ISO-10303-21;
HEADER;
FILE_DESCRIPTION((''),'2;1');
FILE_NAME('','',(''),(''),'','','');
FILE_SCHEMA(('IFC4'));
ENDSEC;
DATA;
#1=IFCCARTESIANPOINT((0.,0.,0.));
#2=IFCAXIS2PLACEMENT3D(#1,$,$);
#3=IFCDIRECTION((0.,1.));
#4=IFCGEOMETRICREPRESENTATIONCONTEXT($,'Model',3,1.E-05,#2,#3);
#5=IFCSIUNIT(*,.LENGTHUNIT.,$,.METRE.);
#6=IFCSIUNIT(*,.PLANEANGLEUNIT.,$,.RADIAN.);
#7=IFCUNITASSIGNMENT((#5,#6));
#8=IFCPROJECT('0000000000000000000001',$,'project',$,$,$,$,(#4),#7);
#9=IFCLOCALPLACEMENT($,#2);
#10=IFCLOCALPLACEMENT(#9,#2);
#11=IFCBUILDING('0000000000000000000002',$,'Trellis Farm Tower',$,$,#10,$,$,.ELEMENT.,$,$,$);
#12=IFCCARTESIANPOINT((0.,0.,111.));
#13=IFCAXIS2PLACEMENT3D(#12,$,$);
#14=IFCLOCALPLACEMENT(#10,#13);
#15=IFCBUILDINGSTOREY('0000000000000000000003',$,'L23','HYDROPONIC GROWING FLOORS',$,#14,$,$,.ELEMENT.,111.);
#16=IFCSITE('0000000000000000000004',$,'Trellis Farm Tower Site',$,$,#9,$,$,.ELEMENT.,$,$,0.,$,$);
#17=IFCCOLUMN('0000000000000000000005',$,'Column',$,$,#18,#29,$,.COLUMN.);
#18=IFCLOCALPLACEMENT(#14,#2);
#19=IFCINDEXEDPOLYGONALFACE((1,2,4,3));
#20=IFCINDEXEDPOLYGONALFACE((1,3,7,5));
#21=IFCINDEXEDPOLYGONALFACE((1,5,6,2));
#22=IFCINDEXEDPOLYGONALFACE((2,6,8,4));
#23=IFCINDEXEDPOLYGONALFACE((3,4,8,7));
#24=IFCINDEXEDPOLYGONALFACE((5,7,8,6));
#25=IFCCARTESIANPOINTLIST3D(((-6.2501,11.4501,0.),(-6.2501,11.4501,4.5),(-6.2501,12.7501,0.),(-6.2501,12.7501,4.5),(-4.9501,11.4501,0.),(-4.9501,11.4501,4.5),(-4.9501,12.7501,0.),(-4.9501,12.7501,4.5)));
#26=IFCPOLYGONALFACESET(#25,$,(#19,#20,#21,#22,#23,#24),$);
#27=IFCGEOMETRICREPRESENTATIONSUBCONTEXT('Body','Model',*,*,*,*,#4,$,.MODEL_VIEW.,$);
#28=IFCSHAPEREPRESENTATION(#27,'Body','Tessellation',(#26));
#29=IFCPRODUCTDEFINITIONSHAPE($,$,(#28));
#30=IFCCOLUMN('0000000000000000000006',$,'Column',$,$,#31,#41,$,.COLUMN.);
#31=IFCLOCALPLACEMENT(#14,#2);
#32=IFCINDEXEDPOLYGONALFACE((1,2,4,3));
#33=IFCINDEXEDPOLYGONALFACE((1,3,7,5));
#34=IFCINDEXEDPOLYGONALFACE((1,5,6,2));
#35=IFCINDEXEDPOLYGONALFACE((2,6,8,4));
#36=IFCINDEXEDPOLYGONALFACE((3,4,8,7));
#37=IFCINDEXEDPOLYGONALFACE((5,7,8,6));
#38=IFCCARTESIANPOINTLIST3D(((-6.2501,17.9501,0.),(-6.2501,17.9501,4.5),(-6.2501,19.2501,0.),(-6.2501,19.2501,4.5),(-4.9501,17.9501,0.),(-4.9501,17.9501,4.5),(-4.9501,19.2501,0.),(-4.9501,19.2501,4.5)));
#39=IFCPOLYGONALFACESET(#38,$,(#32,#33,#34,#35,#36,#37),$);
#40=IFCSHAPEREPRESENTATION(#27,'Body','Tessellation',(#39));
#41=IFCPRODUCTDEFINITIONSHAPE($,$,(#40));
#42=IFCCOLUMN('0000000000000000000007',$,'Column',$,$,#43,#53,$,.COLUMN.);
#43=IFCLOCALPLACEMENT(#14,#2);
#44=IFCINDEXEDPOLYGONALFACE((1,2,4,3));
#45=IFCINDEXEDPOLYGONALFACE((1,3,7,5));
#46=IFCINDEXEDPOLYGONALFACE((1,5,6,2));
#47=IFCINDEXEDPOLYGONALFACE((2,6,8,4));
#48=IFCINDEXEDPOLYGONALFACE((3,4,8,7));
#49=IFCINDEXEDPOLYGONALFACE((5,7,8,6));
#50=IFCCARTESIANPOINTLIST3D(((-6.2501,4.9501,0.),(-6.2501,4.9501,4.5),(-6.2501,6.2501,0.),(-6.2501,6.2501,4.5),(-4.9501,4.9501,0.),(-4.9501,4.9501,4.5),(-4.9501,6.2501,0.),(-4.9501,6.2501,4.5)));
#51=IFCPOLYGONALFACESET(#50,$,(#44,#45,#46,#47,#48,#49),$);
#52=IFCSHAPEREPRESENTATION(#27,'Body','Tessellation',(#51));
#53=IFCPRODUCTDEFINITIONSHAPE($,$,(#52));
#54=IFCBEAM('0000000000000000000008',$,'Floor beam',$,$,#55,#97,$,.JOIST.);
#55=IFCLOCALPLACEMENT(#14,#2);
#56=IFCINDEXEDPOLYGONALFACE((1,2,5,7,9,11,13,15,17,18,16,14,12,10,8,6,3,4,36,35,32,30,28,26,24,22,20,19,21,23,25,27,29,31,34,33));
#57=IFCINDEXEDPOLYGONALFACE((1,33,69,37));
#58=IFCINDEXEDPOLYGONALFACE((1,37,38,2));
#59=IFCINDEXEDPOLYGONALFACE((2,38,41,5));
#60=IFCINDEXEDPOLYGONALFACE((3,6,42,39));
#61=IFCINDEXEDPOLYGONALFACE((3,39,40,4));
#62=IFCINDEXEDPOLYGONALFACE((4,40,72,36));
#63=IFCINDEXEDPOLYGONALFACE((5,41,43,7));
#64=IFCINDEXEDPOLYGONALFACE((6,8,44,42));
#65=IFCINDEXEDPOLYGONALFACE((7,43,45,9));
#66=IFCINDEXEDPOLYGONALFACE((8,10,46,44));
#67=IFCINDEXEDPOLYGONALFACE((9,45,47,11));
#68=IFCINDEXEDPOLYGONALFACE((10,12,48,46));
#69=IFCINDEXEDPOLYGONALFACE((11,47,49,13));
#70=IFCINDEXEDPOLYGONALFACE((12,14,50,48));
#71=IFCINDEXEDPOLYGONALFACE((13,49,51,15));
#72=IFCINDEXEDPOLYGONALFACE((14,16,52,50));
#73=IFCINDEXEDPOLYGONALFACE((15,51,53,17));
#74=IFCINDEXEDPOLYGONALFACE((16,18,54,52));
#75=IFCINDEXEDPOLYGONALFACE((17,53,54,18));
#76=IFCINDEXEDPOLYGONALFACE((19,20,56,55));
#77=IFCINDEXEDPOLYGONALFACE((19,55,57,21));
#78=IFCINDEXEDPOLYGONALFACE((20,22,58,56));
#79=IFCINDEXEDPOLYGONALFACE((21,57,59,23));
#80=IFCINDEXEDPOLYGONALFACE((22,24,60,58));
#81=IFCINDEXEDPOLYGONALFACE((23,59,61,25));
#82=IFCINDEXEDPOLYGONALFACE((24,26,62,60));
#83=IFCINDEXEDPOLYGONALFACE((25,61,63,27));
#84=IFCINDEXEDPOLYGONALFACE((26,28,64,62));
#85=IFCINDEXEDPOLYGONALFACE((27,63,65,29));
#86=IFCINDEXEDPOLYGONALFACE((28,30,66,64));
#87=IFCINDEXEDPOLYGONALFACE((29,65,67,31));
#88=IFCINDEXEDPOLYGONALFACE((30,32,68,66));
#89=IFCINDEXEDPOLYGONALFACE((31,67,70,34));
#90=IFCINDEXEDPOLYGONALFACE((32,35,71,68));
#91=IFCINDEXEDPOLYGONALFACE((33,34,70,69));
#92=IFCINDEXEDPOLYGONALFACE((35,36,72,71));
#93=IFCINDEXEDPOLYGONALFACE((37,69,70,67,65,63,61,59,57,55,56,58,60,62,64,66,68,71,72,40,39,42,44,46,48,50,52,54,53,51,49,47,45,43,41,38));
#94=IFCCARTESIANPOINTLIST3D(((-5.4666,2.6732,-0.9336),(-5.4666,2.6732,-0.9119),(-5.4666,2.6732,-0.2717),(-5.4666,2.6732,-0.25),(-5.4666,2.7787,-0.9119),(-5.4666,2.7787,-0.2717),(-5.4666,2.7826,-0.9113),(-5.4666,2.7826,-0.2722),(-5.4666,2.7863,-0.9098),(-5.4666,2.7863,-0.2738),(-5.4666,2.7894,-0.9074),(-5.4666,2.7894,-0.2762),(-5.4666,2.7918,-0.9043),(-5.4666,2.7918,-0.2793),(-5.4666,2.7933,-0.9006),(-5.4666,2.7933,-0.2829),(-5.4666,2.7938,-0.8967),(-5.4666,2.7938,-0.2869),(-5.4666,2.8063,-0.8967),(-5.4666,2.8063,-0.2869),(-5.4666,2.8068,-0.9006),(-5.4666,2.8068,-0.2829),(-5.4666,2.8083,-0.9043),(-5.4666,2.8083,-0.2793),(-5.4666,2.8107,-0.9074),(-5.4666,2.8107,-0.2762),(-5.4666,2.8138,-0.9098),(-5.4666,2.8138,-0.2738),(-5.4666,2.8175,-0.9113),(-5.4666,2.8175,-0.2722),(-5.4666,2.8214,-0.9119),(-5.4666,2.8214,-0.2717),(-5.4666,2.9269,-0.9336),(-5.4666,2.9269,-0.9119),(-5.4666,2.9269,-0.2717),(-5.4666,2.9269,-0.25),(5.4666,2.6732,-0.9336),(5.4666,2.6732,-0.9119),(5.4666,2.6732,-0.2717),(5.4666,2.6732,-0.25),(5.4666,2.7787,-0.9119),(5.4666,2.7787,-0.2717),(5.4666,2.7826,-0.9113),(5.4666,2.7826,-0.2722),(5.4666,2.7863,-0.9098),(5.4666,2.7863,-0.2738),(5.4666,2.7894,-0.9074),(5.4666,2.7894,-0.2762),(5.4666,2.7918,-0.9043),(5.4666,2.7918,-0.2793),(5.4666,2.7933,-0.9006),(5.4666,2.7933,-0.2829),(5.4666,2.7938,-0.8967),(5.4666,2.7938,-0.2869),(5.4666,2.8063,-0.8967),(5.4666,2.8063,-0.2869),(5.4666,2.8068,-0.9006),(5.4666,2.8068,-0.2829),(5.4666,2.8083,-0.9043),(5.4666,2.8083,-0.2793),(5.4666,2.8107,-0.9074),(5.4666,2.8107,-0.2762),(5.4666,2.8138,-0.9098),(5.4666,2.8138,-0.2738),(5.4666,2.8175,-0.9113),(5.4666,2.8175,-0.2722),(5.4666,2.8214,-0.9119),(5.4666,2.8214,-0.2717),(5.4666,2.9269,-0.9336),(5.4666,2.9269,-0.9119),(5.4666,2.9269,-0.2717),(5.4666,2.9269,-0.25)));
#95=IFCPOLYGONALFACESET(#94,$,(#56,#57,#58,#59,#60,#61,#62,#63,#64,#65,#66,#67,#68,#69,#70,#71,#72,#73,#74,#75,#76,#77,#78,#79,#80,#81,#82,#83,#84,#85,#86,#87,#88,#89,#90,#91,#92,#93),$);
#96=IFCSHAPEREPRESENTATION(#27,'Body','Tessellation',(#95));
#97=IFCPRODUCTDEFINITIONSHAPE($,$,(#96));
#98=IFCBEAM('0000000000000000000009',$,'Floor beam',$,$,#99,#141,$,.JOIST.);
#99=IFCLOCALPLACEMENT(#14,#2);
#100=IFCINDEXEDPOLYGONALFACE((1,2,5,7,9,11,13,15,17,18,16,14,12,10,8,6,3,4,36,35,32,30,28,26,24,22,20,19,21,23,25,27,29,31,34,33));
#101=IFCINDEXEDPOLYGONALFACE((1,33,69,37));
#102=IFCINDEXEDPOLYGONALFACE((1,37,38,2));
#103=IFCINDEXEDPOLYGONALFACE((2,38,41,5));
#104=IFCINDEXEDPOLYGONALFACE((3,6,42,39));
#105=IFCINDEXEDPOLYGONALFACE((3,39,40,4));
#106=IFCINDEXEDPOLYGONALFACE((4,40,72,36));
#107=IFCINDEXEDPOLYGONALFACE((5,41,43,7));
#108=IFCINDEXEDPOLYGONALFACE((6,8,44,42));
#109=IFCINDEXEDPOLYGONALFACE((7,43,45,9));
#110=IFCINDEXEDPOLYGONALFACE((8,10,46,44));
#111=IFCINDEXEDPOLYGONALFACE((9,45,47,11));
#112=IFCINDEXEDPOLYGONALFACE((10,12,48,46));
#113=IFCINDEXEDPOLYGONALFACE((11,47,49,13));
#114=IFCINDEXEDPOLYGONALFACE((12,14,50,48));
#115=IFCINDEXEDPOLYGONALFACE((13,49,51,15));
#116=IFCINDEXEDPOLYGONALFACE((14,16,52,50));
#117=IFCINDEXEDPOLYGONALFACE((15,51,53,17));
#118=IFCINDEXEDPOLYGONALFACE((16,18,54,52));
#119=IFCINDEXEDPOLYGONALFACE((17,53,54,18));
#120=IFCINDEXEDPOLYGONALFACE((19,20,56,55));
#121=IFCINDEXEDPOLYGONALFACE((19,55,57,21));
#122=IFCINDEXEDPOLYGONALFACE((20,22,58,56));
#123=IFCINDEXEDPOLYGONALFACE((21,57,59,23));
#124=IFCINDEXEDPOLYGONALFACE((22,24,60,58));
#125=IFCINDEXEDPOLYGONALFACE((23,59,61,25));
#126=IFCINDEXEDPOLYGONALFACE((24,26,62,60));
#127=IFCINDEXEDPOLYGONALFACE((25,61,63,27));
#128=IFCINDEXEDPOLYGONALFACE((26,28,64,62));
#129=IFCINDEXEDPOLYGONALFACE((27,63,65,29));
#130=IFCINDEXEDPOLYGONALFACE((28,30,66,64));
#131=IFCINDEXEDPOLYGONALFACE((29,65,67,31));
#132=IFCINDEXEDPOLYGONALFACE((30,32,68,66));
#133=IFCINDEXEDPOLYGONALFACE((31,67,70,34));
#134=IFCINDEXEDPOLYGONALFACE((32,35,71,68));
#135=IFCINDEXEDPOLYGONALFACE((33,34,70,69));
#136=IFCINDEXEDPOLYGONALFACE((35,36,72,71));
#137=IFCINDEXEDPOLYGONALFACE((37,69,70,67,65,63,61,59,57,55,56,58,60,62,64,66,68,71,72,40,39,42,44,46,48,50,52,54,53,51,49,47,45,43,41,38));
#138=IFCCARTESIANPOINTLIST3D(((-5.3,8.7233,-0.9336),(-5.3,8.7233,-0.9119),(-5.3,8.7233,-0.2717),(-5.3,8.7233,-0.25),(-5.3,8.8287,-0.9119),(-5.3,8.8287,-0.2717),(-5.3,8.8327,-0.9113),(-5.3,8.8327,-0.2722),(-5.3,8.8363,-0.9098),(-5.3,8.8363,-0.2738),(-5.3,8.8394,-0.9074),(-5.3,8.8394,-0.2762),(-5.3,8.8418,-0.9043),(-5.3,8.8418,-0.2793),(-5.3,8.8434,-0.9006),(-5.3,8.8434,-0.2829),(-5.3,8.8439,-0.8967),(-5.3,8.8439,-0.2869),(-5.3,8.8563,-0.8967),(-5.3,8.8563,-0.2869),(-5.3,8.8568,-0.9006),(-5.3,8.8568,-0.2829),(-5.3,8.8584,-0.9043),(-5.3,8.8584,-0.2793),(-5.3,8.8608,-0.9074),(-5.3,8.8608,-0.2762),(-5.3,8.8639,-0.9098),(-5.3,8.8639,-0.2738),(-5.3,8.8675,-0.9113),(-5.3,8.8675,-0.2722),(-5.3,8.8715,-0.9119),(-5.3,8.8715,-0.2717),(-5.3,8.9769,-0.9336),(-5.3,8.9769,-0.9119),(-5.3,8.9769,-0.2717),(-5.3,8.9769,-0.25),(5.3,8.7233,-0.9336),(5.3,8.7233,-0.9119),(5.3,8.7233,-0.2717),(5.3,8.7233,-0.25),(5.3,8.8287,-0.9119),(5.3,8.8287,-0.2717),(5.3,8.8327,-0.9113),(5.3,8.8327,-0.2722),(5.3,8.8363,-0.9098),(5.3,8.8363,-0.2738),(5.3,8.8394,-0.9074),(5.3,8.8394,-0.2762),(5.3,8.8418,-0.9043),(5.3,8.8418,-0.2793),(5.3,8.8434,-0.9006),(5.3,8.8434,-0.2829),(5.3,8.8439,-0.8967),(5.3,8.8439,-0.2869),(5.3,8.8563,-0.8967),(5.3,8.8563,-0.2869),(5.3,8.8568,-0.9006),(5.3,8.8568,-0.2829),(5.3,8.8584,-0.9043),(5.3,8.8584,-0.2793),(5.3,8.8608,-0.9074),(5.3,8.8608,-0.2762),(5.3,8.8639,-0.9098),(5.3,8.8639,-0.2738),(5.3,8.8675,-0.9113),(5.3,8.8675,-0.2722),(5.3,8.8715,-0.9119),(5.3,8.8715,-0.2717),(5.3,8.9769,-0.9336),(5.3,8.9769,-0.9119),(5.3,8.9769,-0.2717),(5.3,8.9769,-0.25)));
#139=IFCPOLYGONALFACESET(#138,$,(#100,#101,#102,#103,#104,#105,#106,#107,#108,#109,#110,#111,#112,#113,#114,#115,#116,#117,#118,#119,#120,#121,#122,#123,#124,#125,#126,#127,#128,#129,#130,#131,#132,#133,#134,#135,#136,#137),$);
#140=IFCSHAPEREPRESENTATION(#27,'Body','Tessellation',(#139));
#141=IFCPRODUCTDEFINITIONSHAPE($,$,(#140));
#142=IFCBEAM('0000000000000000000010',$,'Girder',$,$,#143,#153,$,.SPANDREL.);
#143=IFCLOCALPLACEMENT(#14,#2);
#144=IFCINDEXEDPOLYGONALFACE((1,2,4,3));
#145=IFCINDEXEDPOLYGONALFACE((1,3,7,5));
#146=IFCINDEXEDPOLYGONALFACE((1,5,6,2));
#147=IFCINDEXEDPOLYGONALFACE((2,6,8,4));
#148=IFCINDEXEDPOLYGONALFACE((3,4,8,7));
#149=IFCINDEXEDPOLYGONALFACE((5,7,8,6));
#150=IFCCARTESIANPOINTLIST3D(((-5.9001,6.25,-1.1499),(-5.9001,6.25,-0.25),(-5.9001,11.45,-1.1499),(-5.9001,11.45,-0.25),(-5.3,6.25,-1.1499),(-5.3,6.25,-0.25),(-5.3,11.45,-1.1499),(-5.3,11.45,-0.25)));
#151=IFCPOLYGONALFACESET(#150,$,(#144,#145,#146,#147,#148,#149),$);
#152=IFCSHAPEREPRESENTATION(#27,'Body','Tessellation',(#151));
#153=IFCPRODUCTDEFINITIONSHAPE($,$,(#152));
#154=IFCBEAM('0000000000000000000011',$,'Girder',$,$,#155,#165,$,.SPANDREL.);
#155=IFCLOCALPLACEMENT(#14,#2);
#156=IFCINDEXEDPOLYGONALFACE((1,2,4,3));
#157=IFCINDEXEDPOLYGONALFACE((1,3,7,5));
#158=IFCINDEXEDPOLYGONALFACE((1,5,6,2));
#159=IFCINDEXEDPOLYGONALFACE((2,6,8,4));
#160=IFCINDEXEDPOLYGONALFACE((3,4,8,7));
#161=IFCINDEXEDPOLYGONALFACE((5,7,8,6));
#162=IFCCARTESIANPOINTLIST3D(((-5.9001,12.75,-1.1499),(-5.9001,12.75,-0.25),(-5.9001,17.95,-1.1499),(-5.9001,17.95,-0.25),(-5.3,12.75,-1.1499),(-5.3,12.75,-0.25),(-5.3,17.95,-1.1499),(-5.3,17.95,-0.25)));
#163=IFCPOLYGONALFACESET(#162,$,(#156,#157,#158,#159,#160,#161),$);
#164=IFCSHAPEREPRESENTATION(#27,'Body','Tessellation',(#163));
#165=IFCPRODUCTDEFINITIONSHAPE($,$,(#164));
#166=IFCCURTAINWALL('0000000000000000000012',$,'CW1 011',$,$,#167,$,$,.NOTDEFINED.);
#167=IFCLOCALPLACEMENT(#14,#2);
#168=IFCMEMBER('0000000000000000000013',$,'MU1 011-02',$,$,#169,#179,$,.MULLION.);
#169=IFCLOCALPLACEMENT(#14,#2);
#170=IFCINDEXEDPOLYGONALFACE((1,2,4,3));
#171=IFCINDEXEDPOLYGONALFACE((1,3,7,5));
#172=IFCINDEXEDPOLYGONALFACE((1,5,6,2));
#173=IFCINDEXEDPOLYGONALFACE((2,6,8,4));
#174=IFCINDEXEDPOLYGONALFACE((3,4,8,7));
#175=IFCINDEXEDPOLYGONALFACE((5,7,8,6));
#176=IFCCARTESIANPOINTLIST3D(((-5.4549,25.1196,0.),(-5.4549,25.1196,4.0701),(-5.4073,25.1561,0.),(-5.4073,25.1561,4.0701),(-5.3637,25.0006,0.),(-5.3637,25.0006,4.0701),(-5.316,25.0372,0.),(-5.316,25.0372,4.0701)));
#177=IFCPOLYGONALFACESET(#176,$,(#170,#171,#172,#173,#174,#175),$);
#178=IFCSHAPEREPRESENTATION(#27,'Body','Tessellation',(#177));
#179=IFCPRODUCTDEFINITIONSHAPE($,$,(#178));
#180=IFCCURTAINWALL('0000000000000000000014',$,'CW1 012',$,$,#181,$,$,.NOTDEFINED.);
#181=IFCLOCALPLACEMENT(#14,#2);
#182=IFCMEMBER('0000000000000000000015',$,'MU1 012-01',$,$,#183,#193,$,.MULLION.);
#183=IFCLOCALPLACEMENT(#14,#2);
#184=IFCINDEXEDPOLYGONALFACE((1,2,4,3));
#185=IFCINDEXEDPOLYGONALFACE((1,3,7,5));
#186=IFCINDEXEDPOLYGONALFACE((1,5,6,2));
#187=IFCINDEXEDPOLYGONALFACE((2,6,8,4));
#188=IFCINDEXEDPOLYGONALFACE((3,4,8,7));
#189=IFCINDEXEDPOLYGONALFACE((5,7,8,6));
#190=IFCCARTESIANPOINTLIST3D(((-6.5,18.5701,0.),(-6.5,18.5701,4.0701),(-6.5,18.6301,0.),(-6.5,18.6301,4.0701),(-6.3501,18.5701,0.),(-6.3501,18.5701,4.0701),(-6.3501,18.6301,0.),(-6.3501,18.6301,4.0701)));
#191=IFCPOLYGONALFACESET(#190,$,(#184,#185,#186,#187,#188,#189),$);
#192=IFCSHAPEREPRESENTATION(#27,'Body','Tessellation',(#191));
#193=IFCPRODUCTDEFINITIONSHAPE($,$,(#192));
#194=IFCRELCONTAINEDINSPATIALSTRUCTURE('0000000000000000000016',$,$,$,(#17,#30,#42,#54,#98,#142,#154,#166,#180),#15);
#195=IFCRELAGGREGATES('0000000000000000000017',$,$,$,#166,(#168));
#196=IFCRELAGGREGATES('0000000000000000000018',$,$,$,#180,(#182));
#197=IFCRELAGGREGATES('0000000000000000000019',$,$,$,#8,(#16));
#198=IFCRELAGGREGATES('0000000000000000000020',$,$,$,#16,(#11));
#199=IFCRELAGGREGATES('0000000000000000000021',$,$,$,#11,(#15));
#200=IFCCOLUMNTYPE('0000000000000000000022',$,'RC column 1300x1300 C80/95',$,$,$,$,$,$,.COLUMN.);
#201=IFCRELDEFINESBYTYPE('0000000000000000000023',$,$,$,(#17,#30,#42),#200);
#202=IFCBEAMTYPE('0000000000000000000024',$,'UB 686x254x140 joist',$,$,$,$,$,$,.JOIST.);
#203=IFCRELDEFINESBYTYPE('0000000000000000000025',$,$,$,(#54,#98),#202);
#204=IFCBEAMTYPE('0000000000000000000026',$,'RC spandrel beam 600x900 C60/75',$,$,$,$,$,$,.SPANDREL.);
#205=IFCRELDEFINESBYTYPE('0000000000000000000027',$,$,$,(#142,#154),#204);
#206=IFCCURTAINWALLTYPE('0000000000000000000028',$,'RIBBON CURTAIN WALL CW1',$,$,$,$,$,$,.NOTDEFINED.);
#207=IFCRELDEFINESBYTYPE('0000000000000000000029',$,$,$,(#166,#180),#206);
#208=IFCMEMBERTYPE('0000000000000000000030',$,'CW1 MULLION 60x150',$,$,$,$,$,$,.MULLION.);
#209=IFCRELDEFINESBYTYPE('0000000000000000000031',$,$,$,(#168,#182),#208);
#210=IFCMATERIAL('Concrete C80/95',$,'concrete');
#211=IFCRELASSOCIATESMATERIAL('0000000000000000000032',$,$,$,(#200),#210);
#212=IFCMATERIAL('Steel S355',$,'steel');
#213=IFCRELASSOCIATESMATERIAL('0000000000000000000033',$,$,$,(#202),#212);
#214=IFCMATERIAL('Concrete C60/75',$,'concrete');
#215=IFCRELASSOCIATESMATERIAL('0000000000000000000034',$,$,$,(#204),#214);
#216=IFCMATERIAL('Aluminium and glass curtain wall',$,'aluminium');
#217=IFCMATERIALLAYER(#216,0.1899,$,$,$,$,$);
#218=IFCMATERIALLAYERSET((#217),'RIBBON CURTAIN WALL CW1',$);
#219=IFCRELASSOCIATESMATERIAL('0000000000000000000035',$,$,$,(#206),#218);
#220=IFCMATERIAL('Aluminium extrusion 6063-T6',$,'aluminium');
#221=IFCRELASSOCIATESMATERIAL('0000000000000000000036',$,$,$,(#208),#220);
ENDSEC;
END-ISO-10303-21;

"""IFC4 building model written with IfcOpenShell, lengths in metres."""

from ifc_helpers import new_model, si_unit, direction, frame, origin, origin_2d, place, context, subcontext, project, spatial, rectangle, i_section, extrude, source, transform, mapped, material, layer, layer_set, material_profile, profile_set, type_object, element, aggregate, save


model = new_model("IFC4")

# Units and contexts
model_context = context("Model", 3, precision=1e-05, world=origin(), true_north=direction((0.0, 1.0)))
body_context = subcontext(model_context, "Body", "Model", "MODEL_VIEW")
ifc_project = project(units=[si_unit("LENGTHUNIT", "METRE"), si_unit("PLANEANGLEUNIT", "RADIAN")], contexts=[model_context])

# Site, building, storey
site_placement = place(None, origin())
site = spatial("IfcSite", under=ifc_project, at=site_placement, Name="Trellis Farm Tower Site", CompositionType="ELEMENT", RefElevation=0.0)
building_placement = place(site_placement, origin())
building = spatial("IfcBuilding", under=site, at=building_placement, Name="Trellis Farm Tower", CompositionType="ELEMENT")
storey_placement = place(building_placement, frame((0.0, 0.0, 111.0)))
storey = spatial("IfcBuildingStorey", under=building, at=storey_placement, Name="L23", Description="HYDROPONIC GROWING FLOORS", CompositionType="ELEMENT", Elevation=111.0)

# Columns
ifc_material_1 = material(Name="Concrete C80/95", Category="concrete")
ifc_material_profile_1 = material_profile(ifc_material_1, rectangle(XDim=1.3, YDim=1.3, at=origin_2d()), Name="RC column 1300x1300 C80/95")
ifc_profile_set_1 = profile_set([ifc_material_profile_1], Name="Concrete C80/95")
column_type = type_object("IfcColumnType", Name="RC column 1300x1300 C80/95", PredefinedType="COLUMN", material=ifc_profile_set_1)
shared_shape_1 = source(origin(), body_context, "Body", "SweptSolid", [
    extrude(rectangle(XDim=1.3, YDim=1.3, at=origin_2d()), origin(), (0.0, 0.0, 1.0), 4.5),
])
for number, where, z_axis, x_axis, name in (
    (1, (-5.6001, 12.1001, 0.0), (0.0, 0.0, 1.0), (1.0, 0.0, 0.0), "Column"),
    (2, (-5.6001, 18.6001, 0.0), (0.0, 0.0, 1.0), (1.0, 0.0, 0.0), "Column"),
    (3, (-5.6001, 5.6001, 0.0), (0.0, 0.0, 1.0), (1.0, 0.0, 0.0), "Column"),
):
    element("IfcColumn", number, at=place(storey_placement, frame(where, z_axis=z_axis, x_axis=x_axis)), inside=storey, type_object=column_type, Name=name, PredefinedType="COLUMN", context=body_context, shape_type="MappedRepresentation", body=[
        mapped(shared_shape_1, transform((0.0, 0.0, 0.0))),
    ])

# Beams
ifc_material_2 = material(Name="Steel S355", Category="steel")
ifc_material_profile_2 = material_profile(ifc_material_2, i_section(OverallWidth=0.2537, OverallDepth=0.6836, WebThickness=0.0125, FlangeThickness=0.0217, FilletRadius=0.0151, at=origin_2d()), Name="UB 686x254x140")
ifc_profile_set_2 = profile_set([ifc_material_profile_2], Name="Steel S355")
beam_type_1 = type_object("IfcBeamType", Name="UB 686x254x140 joist", PredefinedType="JOIST", material=ifc_profile_set_2)
shared_shape_2 = source(origin(), body_context, "Body", "SweptSolid", [
    extrude(i_section(OverallWidth=0.2537, OverallDepth=0.6836, WebThickness=0.0125, FlangeThickness=0.0217, FilletRadius=0.0151, at=origin_2d()), origin(), (0.0, 0.0, 1.0), 10.9331),
])
beam_1_placement = place(storey_placement, frame((-5.4666, 2.8, -0.5918), z_axis=(1.0, 0.0, 0.0), x_axis=(0.0, 1.0, 0.0)))
element("IfcBeam", 4, at=beam_1_placement, inside=storey, type_object=beam_type_1, Name="Floor beam", PredefinedType="JOIST", context=body_context, shape_type="MappedRepresentation", body=[
    mapped(shared_shape_2, transform((0.0, 0.0, 0.0))),
])
shared_shape_3 = source(origin(), body_context, "Body", "SweptSolid", [
    extrude(i_section(OverallWidth=0.2537, OverallDepth=0.6836, WebThickness=0.0125, FlangeThickness=0.0217, FilletRadius=0.0151, at=origin_2d()), origin(), (0.0, 0.0, 1.0), 10.6001),
])
beam_2_placement = place(storey_placement, frame((-5.3, 8.8501, -0.5918), z_axis=(1.0, 0.0, 0.0), x_axis=(0.0, 1.0, 0.0)))
element("IfcBeam", 5, at=beam_2_placement, inside=storey, type_object=beam_type_1, Name="Floor beam", PredefinedType="JOIST", context=body_context, shape_type="MappedRepresentation", body=[
    mapped(shared_shape_3, transform((0.0, 0.0, 0.0))),
])
ifc_material_3 = material(Name="Concrete C60/75", Category="concrete")
ifc_material_profile_3 = material_profile(ifc_material_3, rectangle(XDim=0.6001, YDim=0.8999, at=origin_2d()), Name="RC spandrel beam 600x900 C60/75")
ifc_profile_set_3 = profile_set([ifc_material_profile_3], Name="Concrete C60/75")
beam_type_2 = type_object("IfcBeamType", Name="RC spandrel beam 600x900 C60/75", PredefinedType="SPANDREL", material=ifc_profile_set_3)
shared_shape_4 = source(origin(), body_context, "Body", "SweptSolid", [
    extrude(rectangle(XDim=0.6001, YDim=0.8999, at=origin_2d()), origin(), (0.0, 0.0, 1.0), 5.2),
])
for number, where, z_axis, x_axis, name in (
    (6, (-5.6001, 6.25, -0.7), (0.0, 1.0, 0.0), (-1.0, 0.0, 0.0), "Girder"),
    (7, (-5.6001, 12.75, -0.7), (0.0, 1.0, 0.0), (-1.0, 0.0, 0.0), "Girder"),
):
    element("IfcBeam", number, at=place(storey_placement, frame(where, z_axis=z_axis, x_axis=x_axis)), inside=storey, type_object=beam_type_2, Name=name, PredefinedType="SPANDREL", context=body_context, shape_type="MappedRepresentation", body=[
        mapped(shared_shape_4, transform((0.0, 0.0, 0.0))),
    ])

# Curtain wall, member
ifc_material_4 = material(Name="Aluminium and glass curtain wall", Category="aluminium")
ifc_layer_1 = layer(ifc_material_4, 0.1899)
ifc_layer_set_1 = layer_set([ifc_layer_1], Name="RIBBON CURTAIN WALL CW1")
curtain_wall_type_1 = type_object("IfcCurtainWallType", Name="RIBBON CURTAIN WALL CW1", PredefinedType="NOTDEFINED", material=ifc_layer_set_1)
placement = place(storey_placement, origin())
curtain_wall_1 = element("IfcCurtainWall", 8, at=placement, inside=storey, type_object=curtain_wall_type_1, Name="CW1 011", PredefinedType="NOTDEFINED")
ifc_material_5 = material(Name="Aluminium extrusion 6063-T6", Category="aluminium")
ifc_material_profile_4 = material_profile(ifc_material_5, rectangle(XDim=0.0601, YDim=0.1499, at=origin_2d()), Name="MULLION 60x150")
ifc_profile_set_4 = profile_set([ifc_material_profile_4], Name="Aluminium extrusion 6063-T6")
member_type_1 = type_object("IfcMemberType", Name="CW1 MULLION 60x150", PredefinedType="MULLION", material=ifc_profile_set_4)
shared_shape_5 = source(origin(), body_context, "Body", "SweptSolid", [
    extrude(rectangle(XDim=0.0601, YDim=0.1499, at=origin_2d()), origin(), (0.0, 0.0, 1.0), 4.0701),
])
member_1_placement = place(storey_placement, frame((-5.3855, 25.0784, 0.0), z_axis=(0.0, 0.0, 1.0), x_axis=(-0.793353, -0.608761, 0.0)))
member_1 = element("IfcMember", 9, at=member_1_placement, type_object=member_type_1, Name="MU1 011-02", PredefinedType="MULLION", context=body_context, shape_type="MappedRepresentation", body=[
    mapped(shared_shape_5, transform((0.0, 0.0, 0.0))),
])
aggregate(curtain_wall_1, [member_1])

# Curtain wall, member
curtain_wall_2 = element("IfcCurtainWall", 10, at=placement, inside=storey, type_object=curtain_wall_type_1, Name="CW1 012", PredefinedType="NOTDEFINED")
member_2_placement = place(storey_placement, frame((-6.425, 18.6001, 0.0), z_axis=(0.0, 0.0, 1.0), x_axis=(0.0, -1.0, 0.0)))
member_2 = element("IfcMember", 11, at=member_2_placement, type_object=member_type_1, Name="MU1 012-01", PredefinedType="MULLION", context=body_context, shape_type="MappedRepresentation", body=[
    mapped(shared_shape_5, transform((0.0, 0.0, 0.0))),
])
aggregate(curtain_wall_2, [member_2])

save(model, "model.ifc")
